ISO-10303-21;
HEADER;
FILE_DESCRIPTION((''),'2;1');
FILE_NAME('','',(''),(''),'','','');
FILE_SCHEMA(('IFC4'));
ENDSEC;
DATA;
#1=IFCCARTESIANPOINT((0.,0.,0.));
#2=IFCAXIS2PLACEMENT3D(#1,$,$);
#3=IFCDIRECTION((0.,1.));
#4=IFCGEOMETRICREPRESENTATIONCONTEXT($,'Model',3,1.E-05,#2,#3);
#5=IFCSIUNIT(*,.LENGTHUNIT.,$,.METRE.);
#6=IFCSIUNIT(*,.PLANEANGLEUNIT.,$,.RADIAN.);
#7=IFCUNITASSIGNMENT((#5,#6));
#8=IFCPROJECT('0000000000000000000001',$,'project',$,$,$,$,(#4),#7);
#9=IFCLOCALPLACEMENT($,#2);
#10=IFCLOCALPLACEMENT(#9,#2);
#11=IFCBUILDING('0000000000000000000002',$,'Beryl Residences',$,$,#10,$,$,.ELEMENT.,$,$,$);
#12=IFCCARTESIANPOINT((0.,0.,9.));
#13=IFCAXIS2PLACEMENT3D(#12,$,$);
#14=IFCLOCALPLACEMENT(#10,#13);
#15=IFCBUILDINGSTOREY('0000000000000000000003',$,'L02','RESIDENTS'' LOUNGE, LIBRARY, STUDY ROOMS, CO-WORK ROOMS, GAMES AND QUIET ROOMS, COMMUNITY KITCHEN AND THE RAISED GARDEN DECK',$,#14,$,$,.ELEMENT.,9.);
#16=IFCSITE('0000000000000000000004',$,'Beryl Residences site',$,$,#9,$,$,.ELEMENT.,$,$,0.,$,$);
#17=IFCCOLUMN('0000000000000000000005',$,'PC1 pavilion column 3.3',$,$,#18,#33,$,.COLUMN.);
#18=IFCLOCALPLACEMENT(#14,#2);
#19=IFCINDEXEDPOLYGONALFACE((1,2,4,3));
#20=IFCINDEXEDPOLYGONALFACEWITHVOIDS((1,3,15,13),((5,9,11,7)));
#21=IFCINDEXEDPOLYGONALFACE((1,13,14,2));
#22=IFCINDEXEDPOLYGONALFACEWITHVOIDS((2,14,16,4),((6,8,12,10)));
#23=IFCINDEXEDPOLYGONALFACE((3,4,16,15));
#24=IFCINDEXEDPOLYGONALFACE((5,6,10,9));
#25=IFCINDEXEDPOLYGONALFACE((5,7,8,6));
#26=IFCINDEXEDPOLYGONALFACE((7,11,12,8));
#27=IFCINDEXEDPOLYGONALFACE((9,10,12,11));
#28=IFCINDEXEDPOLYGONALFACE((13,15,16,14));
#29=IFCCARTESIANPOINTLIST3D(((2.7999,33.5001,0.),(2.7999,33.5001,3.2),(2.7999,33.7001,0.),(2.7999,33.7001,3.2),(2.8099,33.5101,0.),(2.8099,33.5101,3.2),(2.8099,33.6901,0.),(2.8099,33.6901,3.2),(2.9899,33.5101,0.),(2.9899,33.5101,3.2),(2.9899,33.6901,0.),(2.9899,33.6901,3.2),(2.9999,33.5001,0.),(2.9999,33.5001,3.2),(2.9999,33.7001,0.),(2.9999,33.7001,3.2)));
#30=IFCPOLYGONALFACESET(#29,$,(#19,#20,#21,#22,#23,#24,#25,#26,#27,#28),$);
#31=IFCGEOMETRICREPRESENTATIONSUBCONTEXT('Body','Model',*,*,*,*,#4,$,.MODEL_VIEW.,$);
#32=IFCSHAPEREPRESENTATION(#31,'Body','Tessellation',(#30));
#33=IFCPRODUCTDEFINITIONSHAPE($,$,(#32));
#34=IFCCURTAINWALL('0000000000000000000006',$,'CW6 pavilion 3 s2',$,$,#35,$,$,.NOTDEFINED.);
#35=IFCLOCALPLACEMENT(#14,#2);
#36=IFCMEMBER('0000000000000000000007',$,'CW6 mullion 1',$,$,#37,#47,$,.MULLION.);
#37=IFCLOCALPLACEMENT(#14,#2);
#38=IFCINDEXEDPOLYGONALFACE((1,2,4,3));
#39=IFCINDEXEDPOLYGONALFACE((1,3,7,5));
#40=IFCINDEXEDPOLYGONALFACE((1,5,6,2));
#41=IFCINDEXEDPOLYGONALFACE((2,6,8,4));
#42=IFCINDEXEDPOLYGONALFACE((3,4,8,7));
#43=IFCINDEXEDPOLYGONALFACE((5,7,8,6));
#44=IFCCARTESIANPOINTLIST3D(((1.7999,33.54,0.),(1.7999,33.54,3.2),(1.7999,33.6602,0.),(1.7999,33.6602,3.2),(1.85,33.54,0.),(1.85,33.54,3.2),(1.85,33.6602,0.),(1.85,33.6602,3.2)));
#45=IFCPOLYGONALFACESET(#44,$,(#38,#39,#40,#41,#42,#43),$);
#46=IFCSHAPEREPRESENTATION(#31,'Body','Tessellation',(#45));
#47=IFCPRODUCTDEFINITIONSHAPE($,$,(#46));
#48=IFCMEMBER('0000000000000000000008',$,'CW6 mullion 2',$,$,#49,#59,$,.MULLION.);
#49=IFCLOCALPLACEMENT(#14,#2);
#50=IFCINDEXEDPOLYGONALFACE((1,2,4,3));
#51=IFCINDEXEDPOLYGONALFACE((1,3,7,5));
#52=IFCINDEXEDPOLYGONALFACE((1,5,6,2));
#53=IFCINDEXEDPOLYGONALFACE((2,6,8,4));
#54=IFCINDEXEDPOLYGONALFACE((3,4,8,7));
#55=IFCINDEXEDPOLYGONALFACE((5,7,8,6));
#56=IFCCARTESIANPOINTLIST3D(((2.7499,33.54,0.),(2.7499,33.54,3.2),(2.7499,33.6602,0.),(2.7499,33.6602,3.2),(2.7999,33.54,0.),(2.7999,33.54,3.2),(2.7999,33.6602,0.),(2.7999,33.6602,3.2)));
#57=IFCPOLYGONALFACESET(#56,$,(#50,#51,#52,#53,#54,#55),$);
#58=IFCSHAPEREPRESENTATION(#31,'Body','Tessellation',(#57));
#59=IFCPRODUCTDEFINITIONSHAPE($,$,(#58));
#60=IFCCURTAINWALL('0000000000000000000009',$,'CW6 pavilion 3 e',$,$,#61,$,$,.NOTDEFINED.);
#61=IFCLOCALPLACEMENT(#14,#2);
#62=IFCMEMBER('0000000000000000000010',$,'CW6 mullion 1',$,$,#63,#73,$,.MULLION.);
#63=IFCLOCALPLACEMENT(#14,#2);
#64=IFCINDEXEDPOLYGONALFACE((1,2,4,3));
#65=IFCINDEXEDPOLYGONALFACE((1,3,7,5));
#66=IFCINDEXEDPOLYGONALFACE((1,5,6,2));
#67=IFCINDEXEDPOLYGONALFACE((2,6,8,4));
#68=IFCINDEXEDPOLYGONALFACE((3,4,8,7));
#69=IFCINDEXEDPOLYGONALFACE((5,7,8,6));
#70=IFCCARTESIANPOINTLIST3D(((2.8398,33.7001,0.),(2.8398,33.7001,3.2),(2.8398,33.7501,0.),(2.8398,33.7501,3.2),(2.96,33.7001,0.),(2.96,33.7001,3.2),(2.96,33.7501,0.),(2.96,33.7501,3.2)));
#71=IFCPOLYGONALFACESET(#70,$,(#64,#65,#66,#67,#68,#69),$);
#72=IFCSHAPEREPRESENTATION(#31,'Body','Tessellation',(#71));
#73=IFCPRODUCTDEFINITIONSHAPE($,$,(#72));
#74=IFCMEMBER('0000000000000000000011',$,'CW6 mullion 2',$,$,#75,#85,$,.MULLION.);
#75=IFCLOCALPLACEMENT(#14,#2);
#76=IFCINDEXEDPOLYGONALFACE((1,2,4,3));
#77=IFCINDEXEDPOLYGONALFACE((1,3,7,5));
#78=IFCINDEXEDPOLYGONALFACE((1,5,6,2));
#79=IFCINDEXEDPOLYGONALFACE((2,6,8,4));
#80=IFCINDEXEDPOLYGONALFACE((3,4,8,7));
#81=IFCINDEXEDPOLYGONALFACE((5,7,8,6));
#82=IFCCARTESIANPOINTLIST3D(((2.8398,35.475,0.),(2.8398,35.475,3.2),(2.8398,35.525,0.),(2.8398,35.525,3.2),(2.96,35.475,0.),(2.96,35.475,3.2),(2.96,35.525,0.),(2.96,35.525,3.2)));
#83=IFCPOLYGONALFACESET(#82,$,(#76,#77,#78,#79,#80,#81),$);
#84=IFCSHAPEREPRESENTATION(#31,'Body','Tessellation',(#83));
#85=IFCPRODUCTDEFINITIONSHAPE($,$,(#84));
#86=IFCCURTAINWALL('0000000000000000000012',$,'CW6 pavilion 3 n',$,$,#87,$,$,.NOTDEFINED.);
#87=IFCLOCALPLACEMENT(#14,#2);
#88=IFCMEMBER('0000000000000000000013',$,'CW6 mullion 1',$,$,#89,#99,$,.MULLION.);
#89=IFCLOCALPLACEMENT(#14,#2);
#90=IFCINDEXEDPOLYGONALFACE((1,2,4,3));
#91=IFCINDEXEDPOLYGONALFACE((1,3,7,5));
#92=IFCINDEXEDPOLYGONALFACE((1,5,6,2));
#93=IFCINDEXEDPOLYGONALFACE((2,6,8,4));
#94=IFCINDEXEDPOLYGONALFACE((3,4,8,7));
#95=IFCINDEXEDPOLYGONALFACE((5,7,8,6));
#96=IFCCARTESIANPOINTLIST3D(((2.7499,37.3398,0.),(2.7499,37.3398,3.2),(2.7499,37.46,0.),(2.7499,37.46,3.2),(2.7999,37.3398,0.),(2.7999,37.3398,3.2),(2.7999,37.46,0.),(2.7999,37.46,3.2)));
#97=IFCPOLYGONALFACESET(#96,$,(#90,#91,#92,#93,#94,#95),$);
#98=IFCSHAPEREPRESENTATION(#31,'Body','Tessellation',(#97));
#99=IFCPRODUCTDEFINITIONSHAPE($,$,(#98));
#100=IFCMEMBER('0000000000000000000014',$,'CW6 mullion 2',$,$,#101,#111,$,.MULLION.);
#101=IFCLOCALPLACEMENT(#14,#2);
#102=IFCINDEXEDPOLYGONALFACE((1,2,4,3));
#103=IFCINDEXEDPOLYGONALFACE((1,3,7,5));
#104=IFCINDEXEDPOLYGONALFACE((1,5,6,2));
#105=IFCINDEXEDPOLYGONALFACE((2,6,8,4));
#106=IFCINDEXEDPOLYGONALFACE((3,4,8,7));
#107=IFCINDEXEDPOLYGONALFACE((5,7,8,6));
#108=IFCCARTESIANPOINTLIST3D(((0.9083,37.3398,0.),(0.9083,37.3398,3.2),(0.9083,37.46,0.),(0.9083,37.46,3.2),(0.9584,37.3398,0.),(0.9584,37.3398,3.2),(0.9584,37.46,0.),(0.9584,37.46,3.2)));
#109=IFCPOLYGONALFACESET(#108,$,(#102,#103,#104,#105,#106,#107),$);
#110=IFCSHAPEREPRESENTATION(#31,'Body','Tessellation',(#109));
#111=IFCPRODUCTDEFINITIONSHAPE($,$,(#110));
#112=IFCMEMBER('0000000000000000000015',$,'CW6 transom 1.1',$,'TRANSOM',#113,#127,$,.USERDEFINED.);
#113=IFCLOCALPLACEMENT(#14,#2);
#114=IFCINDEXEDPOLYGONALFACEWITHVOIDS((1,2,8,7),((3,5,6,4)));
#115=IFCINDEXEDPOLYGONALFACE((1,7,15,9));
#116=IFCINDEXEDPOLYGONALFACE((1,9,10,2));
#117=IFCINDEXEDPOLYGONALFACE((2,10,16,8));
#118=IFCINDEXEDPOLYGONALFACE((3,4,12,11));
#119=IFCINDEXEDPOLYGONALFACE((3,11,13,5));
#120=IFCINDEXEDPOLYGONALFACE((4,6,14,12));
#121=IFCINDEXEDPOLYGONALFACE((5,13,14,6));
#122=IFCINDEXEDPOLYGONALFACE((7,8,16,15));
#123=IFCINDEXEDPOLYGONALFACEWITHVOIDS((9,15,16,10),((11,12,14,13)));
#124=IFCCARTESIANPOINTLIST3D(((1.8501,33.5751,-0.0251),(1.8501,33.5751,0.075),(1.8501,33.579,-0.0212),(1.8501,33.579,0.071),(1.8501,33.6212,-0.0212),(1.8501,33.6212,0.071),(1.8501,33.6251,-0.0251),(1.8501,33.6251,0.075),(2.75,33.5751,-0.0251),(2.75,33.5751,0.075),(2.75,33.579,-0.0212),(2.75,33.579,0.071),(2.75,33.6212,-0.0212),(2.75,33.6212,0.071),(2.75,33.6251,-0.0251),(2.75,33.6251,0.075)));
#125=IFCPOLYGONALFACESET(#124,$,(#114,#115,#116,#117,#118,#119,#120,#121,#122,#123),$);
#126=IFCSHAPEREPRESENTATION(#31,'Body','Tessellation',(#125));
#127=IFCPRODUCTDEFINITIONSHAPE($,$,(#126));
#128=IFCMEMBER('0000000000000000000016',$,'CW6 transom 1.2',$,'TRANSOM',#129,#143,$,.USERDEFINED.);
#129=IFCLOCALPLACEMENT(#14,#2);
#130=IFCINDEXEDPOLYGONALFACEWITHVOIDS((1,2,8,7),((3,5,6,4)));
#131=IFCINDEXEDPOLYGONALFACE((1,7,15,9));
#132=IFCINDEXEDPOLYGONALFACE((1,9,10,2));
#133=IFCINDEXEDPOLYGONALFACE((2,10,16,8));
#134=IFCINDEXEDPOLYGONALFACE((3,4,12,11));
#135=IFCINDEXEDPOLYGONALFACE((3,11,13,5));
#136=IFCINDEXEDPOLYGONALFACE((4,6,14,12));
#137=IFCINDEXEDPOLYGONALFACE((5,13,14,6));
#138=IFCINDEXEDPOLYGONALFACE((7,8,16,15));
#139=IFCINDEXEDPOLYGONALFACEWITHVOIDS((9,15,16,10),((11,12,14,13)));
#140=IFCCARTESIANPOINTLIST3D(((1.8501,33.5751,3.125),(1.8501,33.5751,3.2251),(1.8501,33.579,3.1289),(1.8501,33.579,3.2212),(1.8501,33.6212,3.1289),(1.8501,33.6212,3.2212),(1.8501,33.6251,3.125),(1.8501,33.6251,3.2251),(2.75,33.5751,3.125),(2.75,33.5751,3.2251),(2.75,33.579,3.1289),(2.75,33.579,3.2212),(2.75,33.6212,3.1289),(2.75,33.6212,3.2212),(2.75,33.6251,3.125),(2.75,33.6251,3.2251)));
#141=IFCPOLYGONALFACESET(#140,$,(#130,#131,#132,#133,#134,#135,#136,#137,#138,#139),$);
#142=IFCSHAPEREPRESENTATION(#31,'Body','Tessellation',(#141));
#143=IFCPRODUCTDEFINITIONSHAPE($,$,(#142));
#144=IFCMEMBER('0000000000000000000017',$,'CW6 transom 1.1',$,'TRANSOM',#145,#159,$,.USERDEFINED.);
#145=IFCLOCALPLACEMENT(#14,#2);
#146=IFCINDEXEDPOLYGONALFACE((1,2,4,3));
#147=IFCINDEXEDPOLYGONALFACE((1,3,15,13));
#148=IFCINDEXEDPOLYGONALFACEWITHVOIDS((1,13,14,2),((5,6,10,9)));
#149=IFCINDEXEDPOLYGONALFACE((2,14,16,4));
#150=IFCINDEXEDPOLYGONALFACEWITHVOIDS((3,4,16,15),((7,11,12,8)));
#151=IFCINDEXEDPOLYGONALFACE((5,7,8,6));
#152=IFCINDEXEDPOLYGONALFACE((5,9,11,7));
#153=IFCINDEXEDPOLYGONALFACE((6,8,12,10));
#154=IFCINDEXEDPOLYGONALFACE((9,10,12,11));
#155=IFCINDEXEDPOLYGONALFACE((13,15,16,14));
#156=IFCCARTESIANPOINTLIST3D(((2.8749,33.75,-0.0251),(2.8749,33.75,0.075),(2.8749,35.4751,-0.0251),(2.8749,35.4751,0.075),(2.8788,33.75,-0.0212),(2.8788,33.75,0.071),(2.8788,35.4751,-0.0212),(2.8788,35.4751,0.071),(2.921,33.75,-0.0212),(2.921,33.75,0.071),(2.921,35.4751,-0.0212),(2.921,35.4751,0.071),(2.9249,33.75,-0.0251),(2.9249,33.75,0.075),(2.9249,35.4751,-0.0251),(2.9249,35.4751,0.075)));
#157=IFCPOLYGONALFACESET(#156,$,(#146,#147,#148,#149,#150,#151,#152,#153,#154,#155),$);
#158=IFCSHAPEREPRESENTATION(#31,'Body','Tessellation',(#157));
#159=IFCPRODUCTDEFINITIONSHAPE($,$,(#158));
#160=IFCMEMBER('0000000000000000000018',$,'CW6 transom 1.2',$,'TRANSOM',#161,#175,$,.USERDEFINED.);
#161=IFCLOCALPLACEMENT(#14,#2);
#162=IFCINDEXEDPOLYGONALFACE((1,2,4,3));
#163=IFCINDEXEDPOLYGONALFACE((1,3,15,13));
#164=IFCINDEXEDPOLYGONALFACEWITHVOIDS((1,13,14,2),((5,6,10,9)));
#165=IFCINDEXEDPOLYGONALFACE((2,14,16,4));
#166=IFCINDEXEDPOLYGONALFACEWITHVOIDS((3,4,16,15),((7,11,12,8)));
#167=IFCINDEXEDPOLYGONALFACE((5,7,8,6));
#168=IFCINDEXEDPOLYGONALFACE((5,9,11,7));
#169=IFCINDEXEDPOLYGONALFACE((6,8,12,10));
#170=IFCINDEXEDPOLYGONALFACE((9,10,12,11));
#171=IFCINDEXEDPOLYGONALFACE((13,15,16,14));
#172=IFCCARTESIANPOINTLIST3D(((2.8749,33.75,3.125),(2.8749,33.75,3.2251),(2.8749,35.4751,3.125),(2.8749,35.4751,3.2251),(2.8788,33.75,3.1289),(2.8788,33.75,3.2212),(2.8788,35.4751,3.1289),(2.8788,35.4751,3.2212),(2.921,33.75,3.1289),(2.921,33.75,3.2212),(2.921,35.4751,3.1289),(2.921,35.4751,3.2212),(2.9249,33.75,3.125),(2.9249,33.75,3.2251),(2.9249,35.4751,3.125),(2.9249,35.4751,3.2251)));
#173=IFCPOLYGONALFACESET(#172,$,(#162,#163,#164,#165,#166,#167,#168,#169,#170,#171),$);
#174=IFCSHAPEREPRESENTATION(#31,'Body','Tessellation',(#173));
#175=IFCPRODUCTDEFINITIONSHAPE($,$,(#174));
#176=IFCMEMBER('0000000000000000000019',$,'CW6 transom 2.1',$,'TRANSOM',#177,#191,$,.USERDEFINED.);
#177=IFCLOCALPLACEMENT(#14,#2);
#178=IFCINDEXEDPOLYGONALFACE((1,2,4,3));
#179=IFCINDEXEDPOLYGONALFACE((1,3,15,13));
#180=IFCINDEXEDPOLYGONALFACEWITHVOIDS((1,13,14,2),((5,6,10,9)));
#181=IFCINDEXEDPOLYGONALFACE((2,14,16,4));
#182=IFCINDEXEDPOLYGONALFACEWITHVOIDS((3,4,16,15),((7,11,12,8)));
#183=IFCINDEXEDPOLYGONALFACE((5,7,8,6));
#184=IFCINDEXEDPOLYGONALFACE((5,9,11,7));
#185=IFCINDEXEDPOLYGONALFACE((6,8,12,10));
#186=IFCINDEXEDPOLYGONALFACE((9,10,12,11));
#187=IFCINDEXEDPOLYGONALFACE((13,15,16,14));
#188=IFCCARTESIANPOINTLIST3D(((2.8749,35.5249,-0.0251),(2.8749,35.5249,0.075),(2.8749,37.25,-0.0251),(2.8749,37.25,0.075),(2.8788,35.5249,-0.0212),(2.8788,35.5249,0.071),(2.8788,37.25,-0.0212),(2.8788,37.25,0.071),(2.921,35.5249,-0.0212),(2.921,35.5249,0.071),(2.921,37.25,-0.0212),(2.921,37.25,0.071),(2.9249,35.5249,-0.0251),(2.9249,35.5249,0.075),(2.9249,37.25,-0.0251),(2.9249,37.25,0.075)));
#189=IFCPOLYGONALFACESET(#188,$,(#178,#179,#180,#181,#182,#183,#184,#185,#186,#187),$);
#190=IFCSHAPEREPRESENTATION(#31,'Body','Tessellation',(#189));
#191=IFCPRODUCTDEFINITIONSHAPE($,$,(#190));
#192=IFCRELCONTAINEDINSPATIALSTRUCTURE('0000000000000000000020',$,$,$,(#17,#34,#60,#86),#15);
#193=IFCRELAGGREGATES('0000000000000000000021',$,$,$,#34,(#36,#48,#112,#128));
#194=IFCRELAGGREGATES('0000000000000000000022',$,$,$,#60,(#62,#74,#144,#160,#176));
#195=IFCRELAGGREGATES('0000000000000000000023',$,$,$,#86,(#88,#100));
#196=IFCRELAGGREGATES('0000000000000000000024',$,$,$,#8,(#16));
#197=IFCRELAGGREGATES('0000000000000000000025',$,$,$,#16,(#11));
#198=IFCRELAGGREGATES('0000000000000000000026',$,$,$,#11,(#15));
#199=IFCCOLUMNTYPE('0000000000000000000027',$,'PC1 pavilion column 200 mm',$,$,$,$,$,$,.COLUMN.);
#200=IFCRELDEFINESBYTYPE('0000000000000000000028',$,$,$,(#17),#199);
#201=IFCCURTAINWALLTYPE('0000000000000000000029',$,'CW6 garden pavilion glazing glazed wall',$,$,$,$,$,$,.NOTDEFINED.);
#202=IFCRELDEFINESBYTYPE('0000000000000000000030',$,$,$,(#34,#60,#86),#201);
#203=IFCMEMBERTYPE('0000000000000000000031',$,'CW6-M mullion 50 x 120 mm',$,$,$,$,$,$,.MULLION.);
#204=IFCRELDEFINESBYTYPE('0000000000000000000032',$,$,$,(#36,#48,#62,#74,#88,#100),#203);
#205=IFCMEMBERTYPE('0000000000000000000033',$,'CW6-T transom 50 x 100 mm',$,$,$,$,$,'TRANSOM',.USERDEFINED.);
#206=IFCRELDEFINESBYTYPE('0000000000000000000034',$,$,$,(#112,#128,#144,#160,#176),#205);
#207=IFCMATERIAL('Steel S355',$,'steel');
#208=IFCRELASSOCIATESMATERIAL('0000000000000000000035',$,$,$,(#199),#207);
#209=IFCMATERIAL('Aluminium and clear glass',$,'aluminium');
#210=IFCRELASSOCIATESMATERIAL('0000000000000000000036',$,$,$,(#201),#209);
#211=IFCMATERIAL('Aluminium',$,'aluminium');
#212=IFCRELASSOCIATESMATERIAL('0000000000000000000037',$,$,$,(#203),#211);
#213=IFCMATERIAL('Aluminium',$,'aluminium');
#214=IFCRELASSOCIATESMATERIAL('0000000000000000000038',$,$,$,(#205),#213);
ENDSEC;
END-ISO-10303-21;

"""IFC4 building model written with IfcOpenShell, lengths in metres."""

from ifc_helpers import new_model, si_unit, direction, frame, origin, origin_2d, place, context, subcontext, project, spatial, rectangle, hollow_rectangle, extrude, material, material_profile, profile_set, type_object, element, aggregate, save


model = new_model("IFC4")

# Units and contexts
model_context = context("Model", 3, precision=1e-05, world=origin(), true_north=direction((0.0, 1.0)))
body_context = subcontext(model_context, "Body", "Model", "MODEL_VIEW")
ifc_project = project(units=[si_unit("LENGTHUNIT", "METRE"), si_unit("PLANEANGLEUNIT", "RADIAN")], contexts=[model_context])

# Site, building, storey
site_placement = place(None, origin())
site = spatial("IfcSite", under=ifc_project, at=site_placement, Name="Beryl Residences site", CompositionType="ELEMENT", RefElevation=0.0)
building_placement = place(site_placement, origin())
building = spatial("IfcBuilding", under=site, at=building_placement, Name="Beryl Residences", CompositionType="ELEMENT")
storey_placement = place(building_placement, frame((0.0, 0.0, 9.0)))
storey = spatial("IfcBuildingStorey", under=building, at=storey_placement, Name="L02", Description="RESIDENTS' LOUNGE, LIBRARY, STUDY ROOMS, CO-WORK ROOMS, GAMES AND QUIET ROOMS, COMMUNITY KITCHEN AND THE RAISED GARDEN DECK", CompositionType="ELEMENT", Elevation=9.0)

# Column
ifc_material_1 = material(Name="Steel S355", Category="steel")
ifc_material_profile_1 = material_profile(ifc_material_1, hollow_rectangle(XDim=0.2, YDim=0.2, WallThickness=0.01, at=origin_2d()))
ifc_profile_set_1 = profile_set([ifc_material_profile_1], Name="Steel S355")
column_type = type_object("IfcColumnType", Name="PC1 pavilion column 200 mm", PredefinedType="COLUMN", material=ifc_profile_set_1)
column_placement = place(storey_placement, frame((2.8999, 33.6001, 0.0), z_axis=(0.0, 0.0, 1.0), x_axis=(1.0, 0.0, 0.0)))
element("IfcColumn", 1, at=column_placement, inside=storey, type_object=column_type, Name="PC1 pavilion column 3.3", PredefinedType="COLUMN", context=body_context, shape_type="SweptSolid", body=[
    extrude(hollow_rectangle(XDim=0.2, YDim=0.2, WallThickness=0.01, at=origin_2d()), origin(), (0.0, 0.0, 1.0), 3.2),
])

# Curtain walls, members
ifc_material_2 = material(Name="Aluminium and clear glass", Category="aluminium")
curtain_wall_type = type_object("IfcCurtainWallType", Name="CW6 garden pavilion glazing glazed wall", PredefinedType="NOTDEFINED", material=ifc_material_2)
curtain_wall_1_placement = place(storey_placement, origin())
curtain_wall_1 = element("IfcCurtainWall", 2, at=curtain_wall_1_placement, inside=storey, type_object=curtain_wall_type, Name="CW6 pavilion 3 s2", PredefinedType="NOTDEFINED")
ifc_material_3 = material(Name="Aluminium", Category="aluminium")
ifc_material_profile_2 = material_profile(ifc_material_3, rectangle(XDim=0.05, YDim=0.1201, at=origin_2d()))
ifc_profile_set_2 = profile_set([ifc_material_profile_2], Name="Aluminium")
member_type_1 = type_object("IfcMemberType", Name="CW6-M mullion 50 x 120 mm", PredefinedType="MULLION", material=ifc_profile_set_2)
member_1_placement = place(storey_placement, frame((1.825, 33.6001, 0.0), z_axis=(0.0, 0.0, 1.0), x_axis=(1.0, 0.0, 0.0)))
member_1 = element("IfcMember", 3, at=member_1_placement, type_object=member_type_1, Name="CW6 mullion 1", PredefinedType="MULLION", context=body_context, shape_type="SweptSolid", body=[
    extrude(rectangle(XDim=0.05, YDim=0.1201, at=origin_2d()), origin(), (0.0, 0.0, 1.0), 3.2),
])
member_2_placement = place(storey_placement, frame((2.7749, 33.6001, 0.0), z_axis=(0.0, 0.0, 1.0), x_axis=(1.0, 0.0, 0.0)))
member_2 = element("IfcMember", 4, at=member_2_placement, type_object=member_type_1, Name="CW6 mullion 2", PredefinedType="MULLION", context=body_context, shape_type="SweptSolid", body=[
    extrude(rectangle(XDim=0.05, YDim=0.1201, at=origin_2d()), origin(), (0.0, 0.0, 1.0), 3.2),
])
curtain_wall_2_placement = place(storey_placement, origin())
curtain_wall_2 = element("IfcCurtainWall", 5, at=curtain_wall_2_placement, inside=storey, type_object=curtain_wall_type, Name="CW6 pavilion 3 e", PredefinedType="NOTDEFINED")
member_3_placement = place(storey_placement, frame((2.8999, 33.7251, 0.0), z_axis=(0.0, 0.0, 1.0), x_axis=(0.0, 1.0, 0.0)))
member_3 = element("IfcMember", 6, at=member_3_placement, type_object=member_type_1, Name="CW6 mullion 1", PredefinedType="MULLION", context=body_context, shape_type="SweptSolid", body=[
    extrude(rectangle(XDim=0.05, YDim=0.1201, at=origin_2d()), origin(), (0.0, 0.0, 1.0), 3.2),
])
member_4_placement = place(storey_placement, frame((2.8999, 35.5, 0.0), z_axis=(0.0, 0.0, 1.0), x_axis=(0.0, 1.0, 0.0)))
member_4 = element("IfcMember", 7, at=member_4_placement, type_object=member_type_1, Name="CW6 mullion 2", PredefinedType="MULLION", context=body_context, shape_type="SweptSolid", body=[
    extrude(rectangle(XDim=0.05, YDim=0.1201, at=origin_2d()), origin(), (0.0, 0.0, 1.0), 3.2),
])
curtain_wall_3_placement = place(storey_placement, origin())
curtain_wall_3 = element("IfcCurtainWall", 8, at=curtain_wall_3_placement, inside=storey, type_object=curtain_wall_type, Name="CW6 pavilion 3 n", PredefinedType="NOTDEFINED")
member_5_placement = place(storey_placement, frame((2.7749, 37.3999, 0.0), z_axis=(0.0, 0.0, 1.0), x_axis=(-1.0, 0.0, 0.0)))
member_5 = element("IfcMember", 9, at=member_5_placement, type_object=member_type_1, Name="CW6 mullion 1", PredefinedType="MULLION", context=body_context, shape_type="SweptSolid", body=[
    extrude(rectangle(XDim=0.05, YDim=0.1201, at=origin_2d()), origin(), (0.0, 0.0, 1.0), 3.2),
])
member_6_placement = place(storey_placement, frame((0.9333, 37.3999, 0.0), z_axis=(0.0, 0.0, 1.0), x_axis=(-1.0, 0.0, 0.0)))
member_6 = element("IfcMember", 10, at=member_6_placement, type_object=member_type_1, Name="CW6 mullion 2", PredefinedType="MULLION", context=body_context, shape_type="SweptSolid", body=[
    extrude(rectangle(XDim=0.05, YDim=0.1201, at=origin_2d()), origin(), (0.0, 0.0, 1.0), 3.2),
])

# Members
ifc_material_4 = material(Name="Aluminium", Category="aluminium")
ifc_material_profile_3 = material_profile(ifc_material_4, hollow_rectangle(XDim=0.05, YDim=0.1001, WallThickness=0.0039, at=origin_2d()))
ifc_profile_set_3 = profile_set([ifc_material_profile_3], Name="Aluminium")
member_type_2 = type_object("IfcMemberType", Name="CW6-T transom 50 x 100 mm", ElementType="TRANSOM", PredefinedType="USERDEFINED", material=ifc_profile_set_3)
member_7_placement = place(storey_placement, frame((1.8501, 33.6001, 0.0249), z_axis=(1.0, 0.0, 0.0), x_axis=(0.0, 1.0, 0.0)))
member_7 = element("IfcMember", 11, at=member_7_placement, type_object=member_type_2, Name="CW6 transom 1.1", ObjectType="TRANSOM", PredefinedType="USERDEFINED", context=body_context, shape_type="SweptSolid", body=[
    extrude(hollow_rectangle(XDim=0.05, YDim=0.1001, WallThickness=0.0039, at=origin_2d()), origin(), (0.0, 0.0, 1.0), 0.8999),
])
member_8_placement = place(storey_placement, frame((1.8501, 33.6001, 3.175), z_axis=(1.0, 0.0, 0.0), x_axis=(0.0, 1.0, 0.0)))
member_8 = element("IfcMember", 12, at=member_8_placement, type_object=member_type_2, Name="CW6 transom 1.2", ObjectType="TRANSOM", PredefinedType="USERDEFINED", context=body_context, shape_type="SweptSolid", body=[
    extrude(hollow_rectangle(XDim=0.05, YDim=0.1001, WallThickness=0.0039, at=origin_2d()), origin(), (0.0, 0.0, 1.0), 0.8999),
])
member_9_placement = place(storey_placement, frame((2.8999, 33.75, 0.0249), z_axis=(0.0, 1.0, 0.0), x_axis=(-1.0, 0.0, 0.0)))
member_9 = element("IfcMember", 13, at=member_9_placement, type_object=member_type_2, Name="CW6 transom 1.1", ObjectType="TRANSOM", PredefinedType="USERDEFINED", context=body_context, shape_type="SweptSolid", body=[
    extrude(hollow_rectangle(XDim=0.05, YDim=0.1001, WallThickness=0.0039, at=origin_2d()), origin(), (0.0, 0.0, 1.0), 1.7251),
])
member_10_placement = place(storey_placement, frame((2.8999, 33.75, 3.175), z_axis=(0.0, 1.0, 0.0), x_axis=(-1.0, 0.0, 0.0)))
member_10 = element("IfcMember", 14, at=member_10_placement, type_object=member_type_2, Name="CW6 transom 1.2", ObjectType="TRANSOM", PredefinedType="USERDEFINED", context=body_context, shape_type="SweptSolid", body=[
    extrude(hollow_rectangle(XDim=0.05, YDim=0.1001, WallThickness=0.0039, at=origin_2d()), origin(), (0.0, 0.0, 1.0), 1.7251),
])
member_11_placement = place(storey_placement, frame((2.8999, 35.5249, 0.0249), z_axis=(0.0, 1.0, 0.0), x_axis=(-1.0, 0.0, 0.0)))
member_11 = element("IfcMember", 15, at=member_11_placement, type_object=member_type_2, Name="CW6 transom 2.1", ObjectType="TRANSOM", PredefinedType="USERDEFINED", context=body_context, shape_type="SweptSolid", body=[
    extrude(hollow_rectangle(XDim=0.05, YDim=0.1001, WallThickness=0.0039, at=origin_2d()), origin(), (0.0, 0.0, 1.0), 1.7251),
])

aggregate(curtain_wall_1, [member_1, member_2, member_7, member_8])
aggregate(curtain_wall_2, [member_3, member_4, member_9, member_10, member_11])
aggregate(curtain_wall_3, [member_5, member_6])

save(model, "model.ifc")
